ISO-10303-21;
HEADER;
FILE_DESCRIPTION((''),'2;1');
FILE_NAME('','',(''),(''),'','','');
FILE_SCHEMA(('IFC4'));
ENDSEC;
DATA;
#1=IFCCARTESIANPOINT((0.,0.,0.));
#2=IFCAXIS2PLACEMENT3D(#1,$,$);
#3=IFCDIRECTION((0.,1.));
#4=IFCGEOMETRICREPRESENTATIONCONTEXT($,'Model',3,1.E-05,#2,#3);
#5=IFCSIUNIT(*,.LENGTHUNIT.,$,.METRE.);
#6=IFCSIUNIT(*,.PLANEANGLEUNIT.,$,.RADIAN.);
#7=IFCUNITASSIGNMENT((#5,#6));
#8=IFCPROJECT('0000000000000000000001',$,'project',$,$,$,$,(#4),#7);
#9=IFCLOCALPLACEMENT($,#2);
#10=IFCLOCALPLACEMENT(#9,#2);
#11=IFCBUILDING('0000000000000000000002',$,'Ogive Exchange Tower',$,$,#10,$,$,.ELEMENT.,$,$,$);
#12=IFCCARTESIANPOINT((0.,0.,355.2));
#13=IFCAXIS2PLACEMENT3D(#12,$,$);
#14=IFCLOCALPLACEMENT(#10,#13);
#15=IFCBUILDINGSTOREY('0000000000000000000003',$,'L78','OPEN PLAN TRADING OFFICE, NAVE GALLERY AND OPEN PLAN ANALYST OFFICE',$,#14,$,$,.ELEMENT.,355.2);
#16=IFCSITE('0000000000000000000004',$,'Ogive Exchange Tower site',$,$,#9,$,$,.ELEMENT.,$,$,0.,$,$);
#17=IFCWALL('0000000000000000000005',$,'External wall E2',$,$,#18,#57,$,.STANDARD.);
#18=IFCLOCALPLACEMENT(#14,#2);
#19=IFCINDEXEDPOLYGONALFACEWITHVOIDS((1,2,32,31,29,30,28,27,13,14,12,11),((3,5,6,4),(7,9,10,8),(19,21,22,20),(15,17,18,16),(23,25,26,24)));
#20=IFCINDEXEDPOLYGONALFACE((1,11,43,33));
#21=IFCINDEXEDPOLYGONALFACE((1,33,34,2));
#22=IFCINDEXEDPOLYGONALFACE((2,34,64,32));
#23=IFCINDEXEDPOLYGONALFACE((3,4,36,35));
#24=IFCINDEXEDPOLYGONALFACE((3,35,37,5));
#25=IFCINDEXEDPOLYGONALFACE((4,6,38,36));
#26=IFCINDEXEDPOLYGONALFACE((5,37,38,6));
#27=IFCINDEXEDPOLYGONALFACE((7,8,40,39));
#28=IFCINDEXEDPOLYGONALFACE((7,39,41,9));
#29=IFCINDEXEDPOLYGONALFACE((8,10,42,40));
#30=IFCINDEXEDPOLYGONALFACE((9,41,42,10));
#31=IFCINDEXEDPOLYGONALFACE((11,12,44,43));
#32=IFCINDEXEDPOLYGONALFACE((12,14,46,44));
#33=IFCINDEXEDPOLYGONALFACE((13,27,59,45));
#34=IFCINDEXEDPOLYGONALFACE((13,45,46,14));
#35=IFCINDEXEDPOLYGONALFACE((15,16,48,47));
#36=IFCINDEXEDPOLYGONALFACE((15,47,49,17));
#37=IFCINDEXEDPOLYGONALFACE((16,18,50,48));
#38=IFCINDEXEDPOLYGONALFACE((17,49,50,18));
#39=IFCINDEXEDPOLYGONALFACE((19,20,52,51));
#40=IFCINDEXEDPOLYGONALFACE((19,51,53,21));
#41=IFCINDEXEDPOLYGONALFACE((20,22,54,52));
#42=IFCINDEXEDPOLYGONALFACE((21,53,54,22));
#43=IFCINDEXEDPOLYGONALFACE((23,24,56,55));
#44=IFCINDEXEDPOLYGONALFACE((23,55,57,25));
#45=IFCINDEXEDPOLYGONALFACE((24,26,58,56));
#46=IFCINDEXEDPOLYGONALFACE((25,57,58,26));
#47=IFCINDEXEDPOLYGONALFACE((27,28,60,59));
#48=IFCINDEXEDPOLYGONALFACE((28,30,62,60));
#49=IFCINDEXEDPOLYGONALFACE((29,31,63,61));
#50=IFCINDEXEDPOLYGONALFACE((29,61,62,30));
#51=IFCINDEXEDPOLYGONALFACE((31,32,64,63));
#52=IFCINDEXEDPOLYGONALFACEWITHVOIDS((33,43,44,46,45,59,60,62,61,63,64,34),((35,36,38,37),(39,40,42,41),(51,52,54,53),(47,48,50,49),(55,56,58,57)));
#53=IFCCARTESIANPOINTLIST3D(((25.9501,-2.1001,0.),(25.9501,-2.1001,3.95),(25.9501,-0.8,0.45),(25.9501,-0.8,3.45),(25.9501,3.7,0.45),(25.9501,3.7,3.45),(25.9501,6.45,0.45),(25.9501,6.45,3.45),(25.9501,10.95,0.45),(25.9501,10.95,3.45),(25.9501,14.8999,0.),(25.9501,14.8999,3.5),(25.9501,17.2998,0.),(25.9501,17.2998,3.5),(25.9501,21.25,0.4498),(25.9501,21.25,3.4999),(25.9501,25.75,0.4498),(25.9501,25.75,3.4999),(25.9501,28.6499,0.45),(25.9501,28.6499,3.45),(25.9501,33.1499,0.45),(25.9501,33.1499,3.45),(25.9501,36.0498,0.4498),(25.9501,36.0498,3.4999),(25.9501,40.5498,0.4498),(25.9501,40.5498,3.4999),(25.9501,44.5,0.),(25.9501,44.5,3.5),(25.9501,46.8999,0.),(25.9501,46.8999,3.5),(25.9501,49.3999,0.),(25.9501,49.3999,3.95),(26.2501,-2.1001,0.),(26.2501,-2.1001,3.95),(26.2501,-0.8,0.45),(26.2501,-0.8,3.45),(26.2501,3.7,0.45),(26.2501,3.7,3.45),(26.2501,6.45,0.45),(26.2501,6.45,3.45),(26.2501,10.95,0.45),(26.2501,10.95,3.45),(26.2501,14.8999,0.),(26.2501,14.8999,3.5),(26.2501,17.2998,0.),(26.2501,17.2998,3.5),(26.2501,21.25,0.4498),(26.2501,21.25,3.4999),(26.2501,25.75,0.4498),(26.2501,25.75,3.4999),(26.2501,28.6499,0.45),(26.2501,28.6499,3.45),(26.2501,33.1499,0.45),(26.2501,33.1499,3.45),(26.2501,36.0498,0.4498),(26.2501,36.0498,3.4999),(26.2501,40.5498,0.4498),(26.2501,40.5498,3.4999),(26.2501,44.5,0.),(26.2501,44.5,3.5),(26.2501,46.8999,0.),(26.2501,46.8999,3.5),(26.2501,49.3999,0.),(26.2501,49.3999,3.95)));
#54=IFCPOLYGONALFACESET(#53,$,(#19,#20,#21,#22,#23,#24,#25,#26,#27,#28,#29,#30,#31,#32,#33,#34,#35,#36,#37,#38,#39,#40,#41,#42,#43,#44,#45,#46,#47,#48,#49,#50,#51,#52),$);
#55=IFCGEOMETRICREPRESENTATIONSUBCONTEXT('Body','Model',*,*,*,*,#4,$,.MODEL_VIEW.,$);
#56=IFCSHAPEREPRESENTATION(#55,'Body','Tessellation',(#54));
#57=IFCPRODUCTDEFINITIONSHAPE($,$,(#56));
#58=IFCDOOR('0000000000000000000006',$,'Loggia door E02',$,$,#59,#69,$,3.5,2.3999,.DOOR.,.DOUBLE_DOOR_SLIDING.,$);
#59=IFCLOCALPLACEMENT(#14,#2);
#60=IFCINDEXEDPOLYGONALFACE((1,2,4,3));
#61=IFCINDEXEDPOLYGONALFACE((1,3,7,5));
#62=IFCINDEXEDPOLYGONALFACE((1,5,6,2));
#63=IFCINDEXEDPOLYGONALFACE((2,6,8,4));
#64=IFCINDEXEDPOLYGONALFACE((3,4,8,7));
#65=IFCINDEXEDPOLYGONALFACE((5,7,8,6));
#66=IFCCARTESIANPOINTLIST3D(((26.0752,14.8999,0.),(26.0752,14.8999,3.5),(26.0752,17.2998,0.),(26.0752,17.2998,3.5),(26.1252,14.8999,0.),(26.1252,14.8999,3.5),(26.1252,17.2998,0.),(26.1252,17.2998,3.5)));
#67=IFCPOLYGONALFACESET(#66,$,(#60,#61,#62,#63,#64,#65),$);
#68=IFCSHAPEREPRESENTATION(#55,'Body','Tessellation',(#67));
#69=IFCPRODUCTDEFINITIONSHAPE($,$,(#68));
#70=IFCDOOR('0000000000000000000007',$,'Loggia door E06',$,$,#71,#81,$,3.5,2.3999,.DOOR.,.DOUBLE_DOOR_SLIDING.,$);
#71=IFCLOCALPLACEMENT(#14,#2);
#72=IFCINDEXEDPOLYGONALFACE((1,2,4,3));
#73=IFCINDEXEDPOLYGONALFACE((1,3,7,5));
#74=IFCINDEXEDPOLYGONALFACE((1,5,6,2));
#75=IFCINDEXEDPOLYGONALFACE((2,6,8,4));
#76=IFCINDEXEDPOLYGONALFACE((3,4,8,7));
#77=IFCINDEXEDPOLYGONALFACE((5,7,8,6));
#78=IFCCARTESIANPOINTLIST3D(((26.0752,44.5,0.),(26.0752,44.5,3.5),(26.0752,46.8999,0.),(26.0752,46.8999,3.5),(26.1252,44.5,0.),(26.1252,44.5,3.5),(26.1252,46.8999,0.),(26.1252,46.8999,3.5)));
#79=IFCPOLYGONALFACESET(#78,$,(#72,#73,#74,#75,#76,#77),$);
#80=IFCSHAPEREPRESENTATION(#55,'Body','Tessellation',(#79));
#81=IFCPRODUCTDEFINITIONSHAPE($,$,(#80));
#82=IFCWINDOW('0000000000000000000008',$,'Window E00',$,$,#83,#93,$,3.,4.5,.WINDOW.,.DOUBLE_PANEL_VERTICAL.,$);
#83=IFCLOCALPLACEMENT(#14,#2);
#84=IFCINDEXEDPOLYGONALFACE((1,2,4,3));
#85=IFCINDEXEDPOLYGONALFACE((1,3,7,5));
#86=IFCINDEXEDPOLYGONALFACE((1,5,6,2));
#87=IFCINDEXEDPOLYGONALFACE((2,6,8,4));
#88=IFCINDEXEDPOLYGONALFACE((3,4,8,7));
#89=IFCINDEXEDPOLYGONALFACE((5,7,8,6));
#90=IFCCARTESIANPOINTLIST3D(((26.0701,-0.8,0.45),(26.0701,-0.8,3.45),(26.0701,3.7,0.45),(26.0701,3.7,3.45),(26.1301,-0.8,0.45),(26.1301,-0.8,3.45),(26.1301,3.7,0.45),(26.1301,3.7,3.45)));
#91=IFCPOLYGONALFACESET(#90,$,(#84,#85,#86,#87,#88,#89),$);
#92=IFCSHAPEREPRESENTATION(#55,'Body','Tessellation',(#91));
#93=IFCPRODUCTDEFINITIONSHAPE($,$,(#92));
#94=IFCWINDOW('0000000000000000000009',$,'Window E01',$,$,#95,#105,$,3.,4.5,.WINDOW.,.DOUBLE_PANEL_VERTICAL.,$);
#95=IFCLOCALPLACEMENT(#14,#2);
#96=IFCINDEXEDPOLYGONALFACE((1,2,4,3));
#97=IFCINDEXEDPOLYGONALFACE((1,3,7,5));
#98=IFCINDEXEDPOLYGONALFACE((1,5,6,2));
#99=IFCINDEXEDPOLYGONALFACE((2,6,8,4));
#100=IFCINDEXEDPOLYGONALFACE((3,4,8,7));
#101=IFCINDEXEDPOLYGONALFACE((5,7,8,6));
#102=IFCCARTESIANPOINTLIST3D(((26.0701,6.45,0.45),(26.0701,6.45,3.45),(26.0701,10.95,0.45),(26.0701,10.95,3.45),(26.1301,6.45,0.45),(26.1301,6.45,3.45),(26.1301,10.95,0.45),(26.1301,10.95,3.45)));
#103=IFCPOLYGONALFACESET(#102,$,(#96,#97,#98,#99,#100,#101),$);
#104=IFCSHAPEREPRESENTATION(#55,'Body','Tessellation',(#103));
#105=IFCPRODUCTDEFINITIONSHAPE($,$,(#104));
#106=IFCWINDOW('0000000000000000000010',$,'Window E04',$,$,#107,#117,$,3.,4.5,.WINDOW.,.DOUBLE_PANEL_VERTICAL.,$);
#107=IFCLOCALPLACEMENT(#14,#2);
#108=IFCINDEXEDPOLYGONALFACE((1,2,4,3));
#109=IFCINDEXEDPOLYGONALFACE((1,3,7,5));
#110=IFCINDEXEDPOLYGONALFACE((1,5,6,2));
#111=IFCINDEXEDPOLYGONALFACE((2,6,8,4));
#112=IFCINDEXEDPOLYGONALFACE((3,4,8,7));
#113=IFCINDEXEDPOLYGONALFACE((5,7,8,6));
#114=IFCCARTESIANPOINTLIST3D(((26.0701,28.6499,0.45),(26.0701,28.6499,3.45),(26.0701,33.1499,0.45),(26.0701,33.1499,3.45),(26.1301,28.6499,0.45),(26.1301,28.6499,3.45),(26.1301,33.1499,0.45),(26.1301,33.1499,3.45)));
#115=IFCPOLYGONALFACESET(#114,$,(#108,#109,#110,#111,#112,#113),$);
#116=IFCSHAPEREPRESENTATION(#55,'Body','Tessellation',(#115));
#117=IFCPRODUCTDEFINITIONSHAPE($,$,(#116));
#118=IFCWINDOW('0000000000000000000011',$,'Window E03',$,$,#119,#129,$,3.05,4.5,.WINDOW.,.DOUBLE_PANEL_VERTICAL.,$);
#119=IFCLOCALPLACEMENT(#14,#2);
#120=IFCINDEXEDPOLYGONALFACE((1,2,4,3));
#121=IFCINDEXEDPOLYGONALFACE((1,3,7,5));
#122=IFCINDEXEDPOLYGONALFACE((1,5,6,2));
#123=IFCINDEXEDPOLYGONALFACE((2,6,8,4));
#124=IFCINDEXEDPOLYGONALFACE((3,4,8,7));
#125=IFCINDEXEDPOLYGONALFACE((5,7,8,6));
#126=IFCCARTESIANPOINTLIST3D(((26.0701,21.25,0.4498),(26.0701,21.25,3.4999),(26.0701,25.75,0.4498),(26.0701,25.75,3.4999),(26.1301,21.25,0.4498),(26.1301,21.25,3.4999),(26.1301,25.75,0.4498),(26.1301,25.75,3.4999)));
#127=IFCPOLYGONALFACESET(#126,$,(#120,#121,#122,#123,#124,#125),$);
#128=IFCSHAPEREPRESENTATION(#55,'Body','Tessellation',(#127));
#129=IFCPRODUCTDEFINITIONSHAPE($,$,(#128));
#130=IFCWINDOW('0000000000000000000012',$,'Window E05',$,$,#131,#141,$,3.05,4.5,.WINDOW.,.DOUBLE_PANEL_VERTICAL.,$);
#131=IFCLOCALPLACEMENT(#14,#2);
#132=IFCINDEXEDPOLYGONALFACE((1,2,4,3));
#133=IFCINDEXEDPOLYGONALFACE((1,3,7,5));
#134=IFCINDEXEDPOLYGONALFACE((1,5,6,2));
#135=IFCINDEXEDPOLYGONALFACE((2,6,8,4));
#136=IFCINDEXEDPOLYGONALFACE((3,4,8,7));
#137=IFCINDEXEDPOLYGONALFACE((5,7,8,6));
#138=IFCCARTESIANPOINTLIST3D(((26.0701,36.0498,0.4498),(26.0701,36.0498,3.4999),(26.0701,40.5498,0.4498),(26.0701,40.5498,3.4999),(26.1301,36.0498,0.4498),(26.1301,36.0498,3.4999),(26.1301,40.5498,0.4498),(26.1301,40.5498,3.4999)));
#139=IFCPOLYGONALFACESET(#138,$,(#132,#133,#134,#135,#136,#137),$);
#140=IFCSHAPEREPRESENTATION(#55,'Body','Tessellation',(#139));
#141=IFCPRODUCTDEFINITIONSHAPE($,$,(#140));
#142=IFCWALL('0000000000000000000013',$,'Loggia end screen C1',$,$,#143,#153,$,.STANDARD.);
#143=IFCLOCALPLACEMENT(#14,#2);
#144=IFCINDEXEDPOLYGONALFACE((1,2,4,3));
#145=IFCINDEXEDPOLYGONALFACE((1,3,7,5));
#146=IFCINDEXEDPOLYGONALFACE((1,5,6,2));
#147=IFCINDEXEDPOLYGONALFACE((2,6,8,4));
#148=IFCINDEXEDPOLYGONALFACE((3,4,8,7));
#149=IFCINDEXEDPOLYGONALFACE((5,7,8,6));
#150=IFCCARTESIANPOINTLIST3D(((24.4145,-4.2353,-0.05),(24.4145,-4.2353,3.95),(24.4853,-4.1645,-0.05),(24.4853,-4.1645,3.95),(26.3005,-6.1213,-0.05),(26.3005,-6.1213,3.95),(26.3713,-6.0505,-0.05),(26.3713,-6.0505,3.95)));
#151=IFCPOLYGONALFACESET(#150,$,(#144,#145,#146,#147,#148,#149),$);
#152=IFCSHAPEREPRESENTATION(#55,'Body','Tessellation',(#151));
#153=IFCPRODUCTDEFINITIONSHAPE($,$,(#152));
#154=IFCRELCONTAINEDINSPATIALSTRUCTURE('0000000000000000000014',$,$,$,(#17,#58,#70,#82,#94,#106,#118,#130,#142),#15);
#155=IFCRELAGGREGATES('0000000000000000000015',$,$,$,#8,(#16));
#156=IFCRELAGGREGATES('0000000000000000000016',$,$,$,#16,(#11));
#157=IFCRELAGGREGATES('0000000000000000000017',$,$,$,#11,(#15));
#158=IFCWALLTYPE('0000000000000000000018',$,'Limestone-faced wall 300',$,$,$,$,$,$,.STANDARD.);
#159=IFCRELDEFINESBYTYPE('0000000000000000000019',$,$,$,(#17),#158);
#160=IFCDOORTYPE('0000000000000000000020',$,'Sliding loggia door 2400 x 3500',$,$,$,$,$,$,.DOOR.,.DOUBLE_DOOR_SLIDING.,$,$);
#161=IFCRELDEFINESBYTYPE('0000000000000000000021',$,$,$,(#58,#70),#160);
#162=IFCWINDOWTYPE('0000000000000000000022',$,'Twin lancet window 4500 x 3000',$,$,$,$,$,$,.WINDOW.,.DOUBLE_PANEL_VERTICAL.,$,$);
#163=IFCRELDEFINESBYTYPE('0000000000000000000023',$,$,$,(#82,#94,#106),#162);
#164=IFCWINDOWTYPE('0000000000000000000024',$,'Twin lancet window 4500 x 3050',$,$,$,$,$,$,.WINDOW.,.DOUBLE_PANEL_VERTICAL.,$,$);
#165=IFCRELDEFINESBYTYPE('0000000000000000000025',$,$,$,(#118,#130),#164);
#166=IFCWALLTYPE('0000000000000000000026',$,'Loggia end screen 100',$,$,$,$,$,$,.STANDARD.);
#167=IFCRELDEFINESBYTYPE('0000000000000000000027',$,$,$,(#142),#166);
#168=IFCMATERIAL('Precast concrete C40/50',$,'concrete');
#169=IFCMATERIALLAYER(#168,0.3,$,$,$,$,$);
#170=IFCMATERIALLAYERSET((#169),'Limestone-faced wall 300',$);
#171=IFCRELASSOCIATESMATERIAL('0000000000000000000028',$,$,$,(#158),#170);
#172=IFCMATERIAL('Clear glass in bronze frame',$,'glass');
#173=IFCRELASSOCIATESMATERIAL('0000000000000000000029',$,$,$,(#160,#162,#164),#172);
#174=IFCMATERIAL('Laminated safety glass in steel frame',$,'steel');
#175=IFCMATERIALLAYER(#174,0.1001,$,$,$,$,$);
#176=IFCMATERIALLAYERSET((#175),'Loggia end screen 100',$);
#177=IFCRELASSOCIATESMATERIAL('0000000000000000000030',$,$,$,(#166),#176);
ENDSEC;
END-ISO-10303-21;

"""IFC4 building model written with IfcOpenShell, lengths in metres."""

from ifc_helpers import new_model, si_unit, direction, frame, frame_2d, origin, place, context, subcontext, project, spatial, rectangle, extrude, material, layer, layer_set, type_object, element, fill, save


model = new_model("IFC4")

# Units and contexts
model_context = context("Model", 3, precision=1e-05, world=origin(), true_north=direction((0.0, 1.0)))
body_context = subcontext(model_context, "Body", "Model", "MODEL_VIEW")
ifc_project = project(units=[si_unit("LENGTHUNIT", "METRE"), si_unit("PLANEANGLEUNIT", "RADIAN")], contexts=[model_context])

# Site, building, storey
site_placement = place(None, origin())
site = spatial("IfcSite", under=ifc_project, at=site_placement, Name="Ogive Exchange Tower site", CompositionType="ELEMENT", RefElevation=0.0)
building_placement = place(site_placement, origin())
building = spatial("IfcBuilding", under=site, at=building_placement, Name="Ogive Exchange Tower", CompositionType="ELEMENT")
storey_placement = place(building_placement, frame((0.0, 0.0, 355.2)))
storey = spatial("IfcBuildingStorey", under=building, at=storey_placement, Name="L78", Description="OPEN PLAN TRADING OFFICE, NAVE GALLERY AND OPEN PLAN ANALYST OFFICE", CompositionType="ELEMENT", Elevation=355.2)

# Wall, openings, doors, windows
ifc_material_1 = material(Name="Precast concrete C40/50", Category="concrete")
ifc_layer_1 = layer(ifc_material_1, 0.3)
ifc_layer_set_1 = layer_set([ifc_layer_1], Name="Limestone-faced wall 300")
wall_type_1 = type_object("IfcWallType", Name="Limestone-faced wall 300", PredefinedType="STANDARD", material=ifc_layer_set_1)
wall_1_placement = place(storey_placement, frame((26.1001, -2.1001, 0.0), z_axis=(0.0, 0.0, 1.0), x_axis=(0.0, 1.0, 0.0)))
wall_1 = element("IfcWall", 1, at=wall_1_placement, inside=storey, type_object=wall_type_1, Name="External wall E2", PredefinedType="STANDARD", context=body_context, shape_type="SweptSolid", body=[
    extrude(rectangle(XDim=51.5, YDim=0.3, at=frame_2d((25.75, 0.0))), origin(), (0.0, 0.0, 1.0), 3.95),
])
opening_1_placement = place(wall_1_placement, frame((1.3, 0.0, 0.45)))
opening_1 = element("IfcOpeningElement", 2, at=opening_1_placement, cuts=wall_1, PredefinedType="OPENING", context=body_context, shape_type="SweptSolid", body=[
    extrude(rectangle(XDim=4.5, YDim=3.0, at=frame_2d((2.25, 1.5))), frame((0.0, 0.1599, 0.0), z_axis=(0.0, -1.0, 0.0), x_axis=(1.0, 0.0, 0.0)), (0.0, 0.0, 1.0), 0.3201),
])
opening_2_placement = place(wall_1_placement, frame((8.55, 0.0, 0.45)))
opening_2 = element("IfcOpeningElement", 3, at=opening_2_placement, cuts=wall_1, PredefinedType="OPENING", context=body_context, shape_type="SweptSolid", body=[
    extrude(rectangle(XDim=4.5, YDim=3.0, at=frame_2d((2.25, 1.5))), frame((0.0, 0.1599, 0.0), z_axis=(0.0, -1.0, 0.0), x_axis=(1.0, 0.0, 0.0)), (0.0, 0.0, 1.0), 0.3201),
])
opening_3_placement = place(wall_1_placement, frame((17.0, 0.0, 0.0)))
opening_3 = element("IfcOpeningElement", 4, at=opening_3_placement, cuts=wall_1, PredefinedType="OPENING", context=body_context, shape_type="SweptSolid", body=[
    extrude(rectangle(XDim=2.3999, YDim=3.5, at=frame_2d((1.2, 1.75))), frame((0.0, 0.1599, 0.0), z_axis=(0.0, -1.0, 0.0), x_axis=(1.0, 0.0, 0.0)), (0.0, 0.0, 1.0), 0.3201),
])
opening_4_placement = place(wall_1_placement, frame((23.3501, 0.0, 0.45)))
opening_4 = element("IfcOpeningElement", 5, at=opening_4_placement, cuts=wall_1, PredefinedType="OPENING", context=body_context, shape_type="SweptSolid", body=[
    extrude(rectangle(XDim=4.5, YDim=3.05, at=frame_2d((2.25, 1.5249))), frame((0.0, 0.1599, 0.0), z_axis=(0.0, -1.0, 0.0), x_axis=(1.0, 0.0, 0.0)), (0.0, 0.0, 1.0), 0.3201),
])
opening_5_placement = place(wall_1_placement, frame((30.75, 0.0, 0.45)))
opening_5 = element("IfcOpeningElement", 6, at=opening_5_placement, cuts=wall_1, PredefinedType="OPENING", context=body_context, shape_type="SweptSolid", body=[
    extrude(rectangle(XDim=4.5, YDim=3.0, at=frame_2d((2.25, 1.5))), frame((0.0, 0.1599, 0.0), z_axis=(0.0, -1.0, 0.0), x_axis=(1.0, 0.0, 0.0)), (0.0, 0.0, 1.0), 0.3201),
])
opening_6_placement = place(wall_1_placement, frame((38.1499, 0.0, 0.45)))
opening_6 = element("IfcOpeningElement", 7, at=opening_6_placement, cuts=wall_1, PredefinedType="OPENING", context=body_context, shape_type="SweptSolid", body=[
    extrude(rectangle(XDim=4.5, YDim=3.05, at=frame_2d((2.25, 1.5249))), frame((0.0, 0.1599, 0.0), z_axis=(0.0, -1.0, 0.0), x_axis=(1.0, 0.0, 0.0)), (0.0, 0.0, 1.0), 0.3201),
])
opening_7_placement = place(wall_1_placement, frame((46.6001, 0.0, 0.0)))
opening_7 = element("IfcOpeningElement", 8, at=opening_7_placement, cuts=wall_1, PredefinedType="OPENING", context=body_context, shape_type="SweptSolid", body=[
    extrude(rectangle(XDim=2.3999, YDim=3.5, at=frame_2d((1.2, 1.75))), frame((0.0, 0.1599, 0.0), z_axis=(0.0, -1.0, 0.0), x_axis=(1.0, 0.0, 0.0)), (0.0, 0.0, 1.0), 0.3201),
])
ifc_material_2 = material(Name="Clear glass in bronze frame", Category="glass")
door_type_1 = type_object("IfcDoorType", Name="Sliding loggia door 2400 x 3500", OperationType="DOUBLE_DOOR_SLIDING", PredefinedType="DOOR", material=ifc_material_2)
door_1_placement = place(opening_3_placement, origin())
door_1 = element("IfcDoor", 9, at=door_1_placement, inside=storey, type_object=door_type_1, Name="Loggia door E02", OperationType="DOUBLE_DOOR_SLIDING", OverallHeight=3.5, OverallWidth=2.3999, PredefinedType="DOOR", context=body_context, shape_type="SweptSolid", body=[
    extrude(rectangle(XDim=2.3999, YDim=3.5, at=frame_2d((1.2, 1.75))), frame((0.0, 0.0249, 0.0), z_axis=(0.0, -1.0, 0.0), x_axis=(1.0, 0.0, 0.0)), (0.0, 0.0, 1.0), 0.05),
])
fill(opening_3, door_1)
door_2_placement = place(opening_7_placement, origin())
door_2 = element("IfcDoor", 10, at=door_2_placement, inside=storey, type_object=door_type_1, Name="Loggia door E06", OperationType="DOUBLE_DOOR_SLIDING", OverallHeight=3.5, OverallWidth=2.3999, PredefinedType="DOOR", context=body_context, shape_type="SweptSolid", body=[
    extrude(rectangle(XDim=2.3999, YDim=3.5, at=frame_2d((1.2, 1.75))), frame((0.0, 0.0249, 0.0), z_axis=(0.0, -1.0, 0.0), x_axis=(1.0, 0.0, 0.0)), (0.0, 0.0, 1.0), 0.05),
])
fill(opening_7, door_2)
window_type_1 = type_object("IfcWindowType", Name="Twin lancet window 4500 x 3000", PartitioningType="DOUBLE_PANEL_VERTICAL", PredefinedType="WINDOW", material=ifc_material_2)
window_1_placement = place(opening_1_placement, origin())
window_1 = element("IfcWindow", 11, at=window_1_placement, inside=storey, type_object=window_type_1, Name="Window E00", OverallHeight=3.0, OverallWidth=4.5, PartitioningType="DOUBLE_PANEL_VERTICAL", PredefinedType="WINDOW", context=body_context, shape_type="SweptSolid", body=[
    extrude(rectangle(XDim=4.5, YDim=3.0, at=frame_2d((2.25, 1.5))), frame((0.0, 0.03, 0.0), z_axis=(0.0, -1.0, 0.0), x_axis=(1.0, 0.0, 0.0)), (0.0, 0.0, 1.0), 0.0601),
])
fill(opening_1, window_1)
window_2_placement = place(opening_2_placement, origin())
window_2 = element("IfcWindow", 12, at=window_2_placement, inside=storey, type_object=window_type_1, Name="Window E01", OverallHeight=3.0, OverallWidth=4.5, PartitioningType="DOUBLE_PANEL_VERTICAL", PredefinedType="WINDOW", context=body_context, shape_type="SweptSolid", body=[
    extrude(rectangle(XDim=4.5, YDim=3.0, at=frame_2d((2.25, 1.5))), frame((0.0, 0.03, 0.0), z_axis=(0.0, -1.0, 0.0), x_axis=(1.0, 0.0, 0.0)), (0.0, 0.0, 1.0), 0.0601),
])
fill(opening_2, window_2)
window_3_placement = place(opening_5_placement, origin())
window_3 = element("IfcWindow", 13, at=window_3_placement, inside=storey, type_object=window_type_1, Name="Window E04", OverallHeight=3.0, OverallWidth=4.5, PartitioningType="DOUBLE_PANEL_VERTICAL", PredefinedType="WINDOW", context=body_context, shape_type="SweptSolid", body=[
    extrude(rectangle(XDim=4.5, YDim=3.0, at=frame_2d((2.25, 1.5))), frame((0.0, 0.03, 0.0), z_axis=(0.0, -1.0, 0.0), x_axis=(1.0, 0.0, 0.0)), (0.0, 0.0, 1.0), 0.0601),
])
fill(opening_5, window_3)
window_type_2 = type_object("IfcWindowType", Name="Twin lancet window 4500 x 3050", PartitioningType="DOUBLE_PANEL_VERTICAL", PredefinedType="WINDOW", material=ifc_material_2)
window_4_placement = place(opening_4_placement, origin())
window_4 = element("IfcWindow", 14, at=window_4_placement, inside=storey, type_object=window_type_2, Name="Window E03", OverallHeight=3.05, OverallWidth=4.5, PartitioningType="DOUBLE_PANEL_VERTICAL", PredefinedType="WINDOW", context=body_context, shape_type="SweptSolid", body=[
    extrude(rectangle(XDim=4.5, YDim=3.05, at=frame_2d((2.25, 1.5249))), frame((0.0, 0.03, 0.0), z_axis=(0.0, -1.0, 0.0), x_axis=(1.0, 0.0, 0.0)), (0.0, 0.0, 1.0), 0.0601),
])
fill(opening_4, window_4)
window_5_placement = place(opening_6_placement, origin())
window_5 = element("IfcWindow", 15, at=window_5_placement, inside=storey, type_object=window_type_2, Name="Window E05", OverallHeight=3.05, OverallWidth=4.5, PartitioningType="DOUBLE_PANEL_VERTICAL", PredefinedType="WINDOW", context=body_context, shape_type="SweptSolid", body=[
    extrude(rectangle(XDim=4.5, YDim=3.05, at=frame_2d((2.25, 1.5249))), frame((0.0, 0.03, 0.0), z_axis=(0.0, -1.0, 0.0), x_axis=(1.0, 0.0, 0.0)), (0.0, 0.0, 1.0), 0.0601),
])
fill(opening_6, window_5)

# Wall
ifc_material_3 = material(Name="Laminated safety glass in steel frame", Category="steel")
ifc_layer_2 = layer(ifc_material_3, 0.1001)
ifc_layer_set_2 = layer_set([ifc_layer_2], Name="Loggia end screen 100")
wall_type_2 = type_object("IfcWallType", Name="Loggia end screen 100", PredefinedType="STANDARD", material=ifc_layer_set_2)
wall_2_placement = place(storey_placement, frame((24.45, -4.2, -0.05), z_axis=(0.0, 0.0, 1.0), x_axis=(0.707107, -0.707107, 0.0)))
element("IfcWall", 16, at=wall_2_placement, inside=storey, type_object=wall_type_2, Name="Loggia end screen C1", PredefinedType="STANDARD", context=body_context, shape_type="SweptSolid", body=[
    extrude(rectangle(XDim=2.6672, YDim=0.1001, at=frame_2d((1.3335, 0.0))), origin(), (0.0, 0.0, 1.0), 4.0),
])

save(model, "model.ifc")
